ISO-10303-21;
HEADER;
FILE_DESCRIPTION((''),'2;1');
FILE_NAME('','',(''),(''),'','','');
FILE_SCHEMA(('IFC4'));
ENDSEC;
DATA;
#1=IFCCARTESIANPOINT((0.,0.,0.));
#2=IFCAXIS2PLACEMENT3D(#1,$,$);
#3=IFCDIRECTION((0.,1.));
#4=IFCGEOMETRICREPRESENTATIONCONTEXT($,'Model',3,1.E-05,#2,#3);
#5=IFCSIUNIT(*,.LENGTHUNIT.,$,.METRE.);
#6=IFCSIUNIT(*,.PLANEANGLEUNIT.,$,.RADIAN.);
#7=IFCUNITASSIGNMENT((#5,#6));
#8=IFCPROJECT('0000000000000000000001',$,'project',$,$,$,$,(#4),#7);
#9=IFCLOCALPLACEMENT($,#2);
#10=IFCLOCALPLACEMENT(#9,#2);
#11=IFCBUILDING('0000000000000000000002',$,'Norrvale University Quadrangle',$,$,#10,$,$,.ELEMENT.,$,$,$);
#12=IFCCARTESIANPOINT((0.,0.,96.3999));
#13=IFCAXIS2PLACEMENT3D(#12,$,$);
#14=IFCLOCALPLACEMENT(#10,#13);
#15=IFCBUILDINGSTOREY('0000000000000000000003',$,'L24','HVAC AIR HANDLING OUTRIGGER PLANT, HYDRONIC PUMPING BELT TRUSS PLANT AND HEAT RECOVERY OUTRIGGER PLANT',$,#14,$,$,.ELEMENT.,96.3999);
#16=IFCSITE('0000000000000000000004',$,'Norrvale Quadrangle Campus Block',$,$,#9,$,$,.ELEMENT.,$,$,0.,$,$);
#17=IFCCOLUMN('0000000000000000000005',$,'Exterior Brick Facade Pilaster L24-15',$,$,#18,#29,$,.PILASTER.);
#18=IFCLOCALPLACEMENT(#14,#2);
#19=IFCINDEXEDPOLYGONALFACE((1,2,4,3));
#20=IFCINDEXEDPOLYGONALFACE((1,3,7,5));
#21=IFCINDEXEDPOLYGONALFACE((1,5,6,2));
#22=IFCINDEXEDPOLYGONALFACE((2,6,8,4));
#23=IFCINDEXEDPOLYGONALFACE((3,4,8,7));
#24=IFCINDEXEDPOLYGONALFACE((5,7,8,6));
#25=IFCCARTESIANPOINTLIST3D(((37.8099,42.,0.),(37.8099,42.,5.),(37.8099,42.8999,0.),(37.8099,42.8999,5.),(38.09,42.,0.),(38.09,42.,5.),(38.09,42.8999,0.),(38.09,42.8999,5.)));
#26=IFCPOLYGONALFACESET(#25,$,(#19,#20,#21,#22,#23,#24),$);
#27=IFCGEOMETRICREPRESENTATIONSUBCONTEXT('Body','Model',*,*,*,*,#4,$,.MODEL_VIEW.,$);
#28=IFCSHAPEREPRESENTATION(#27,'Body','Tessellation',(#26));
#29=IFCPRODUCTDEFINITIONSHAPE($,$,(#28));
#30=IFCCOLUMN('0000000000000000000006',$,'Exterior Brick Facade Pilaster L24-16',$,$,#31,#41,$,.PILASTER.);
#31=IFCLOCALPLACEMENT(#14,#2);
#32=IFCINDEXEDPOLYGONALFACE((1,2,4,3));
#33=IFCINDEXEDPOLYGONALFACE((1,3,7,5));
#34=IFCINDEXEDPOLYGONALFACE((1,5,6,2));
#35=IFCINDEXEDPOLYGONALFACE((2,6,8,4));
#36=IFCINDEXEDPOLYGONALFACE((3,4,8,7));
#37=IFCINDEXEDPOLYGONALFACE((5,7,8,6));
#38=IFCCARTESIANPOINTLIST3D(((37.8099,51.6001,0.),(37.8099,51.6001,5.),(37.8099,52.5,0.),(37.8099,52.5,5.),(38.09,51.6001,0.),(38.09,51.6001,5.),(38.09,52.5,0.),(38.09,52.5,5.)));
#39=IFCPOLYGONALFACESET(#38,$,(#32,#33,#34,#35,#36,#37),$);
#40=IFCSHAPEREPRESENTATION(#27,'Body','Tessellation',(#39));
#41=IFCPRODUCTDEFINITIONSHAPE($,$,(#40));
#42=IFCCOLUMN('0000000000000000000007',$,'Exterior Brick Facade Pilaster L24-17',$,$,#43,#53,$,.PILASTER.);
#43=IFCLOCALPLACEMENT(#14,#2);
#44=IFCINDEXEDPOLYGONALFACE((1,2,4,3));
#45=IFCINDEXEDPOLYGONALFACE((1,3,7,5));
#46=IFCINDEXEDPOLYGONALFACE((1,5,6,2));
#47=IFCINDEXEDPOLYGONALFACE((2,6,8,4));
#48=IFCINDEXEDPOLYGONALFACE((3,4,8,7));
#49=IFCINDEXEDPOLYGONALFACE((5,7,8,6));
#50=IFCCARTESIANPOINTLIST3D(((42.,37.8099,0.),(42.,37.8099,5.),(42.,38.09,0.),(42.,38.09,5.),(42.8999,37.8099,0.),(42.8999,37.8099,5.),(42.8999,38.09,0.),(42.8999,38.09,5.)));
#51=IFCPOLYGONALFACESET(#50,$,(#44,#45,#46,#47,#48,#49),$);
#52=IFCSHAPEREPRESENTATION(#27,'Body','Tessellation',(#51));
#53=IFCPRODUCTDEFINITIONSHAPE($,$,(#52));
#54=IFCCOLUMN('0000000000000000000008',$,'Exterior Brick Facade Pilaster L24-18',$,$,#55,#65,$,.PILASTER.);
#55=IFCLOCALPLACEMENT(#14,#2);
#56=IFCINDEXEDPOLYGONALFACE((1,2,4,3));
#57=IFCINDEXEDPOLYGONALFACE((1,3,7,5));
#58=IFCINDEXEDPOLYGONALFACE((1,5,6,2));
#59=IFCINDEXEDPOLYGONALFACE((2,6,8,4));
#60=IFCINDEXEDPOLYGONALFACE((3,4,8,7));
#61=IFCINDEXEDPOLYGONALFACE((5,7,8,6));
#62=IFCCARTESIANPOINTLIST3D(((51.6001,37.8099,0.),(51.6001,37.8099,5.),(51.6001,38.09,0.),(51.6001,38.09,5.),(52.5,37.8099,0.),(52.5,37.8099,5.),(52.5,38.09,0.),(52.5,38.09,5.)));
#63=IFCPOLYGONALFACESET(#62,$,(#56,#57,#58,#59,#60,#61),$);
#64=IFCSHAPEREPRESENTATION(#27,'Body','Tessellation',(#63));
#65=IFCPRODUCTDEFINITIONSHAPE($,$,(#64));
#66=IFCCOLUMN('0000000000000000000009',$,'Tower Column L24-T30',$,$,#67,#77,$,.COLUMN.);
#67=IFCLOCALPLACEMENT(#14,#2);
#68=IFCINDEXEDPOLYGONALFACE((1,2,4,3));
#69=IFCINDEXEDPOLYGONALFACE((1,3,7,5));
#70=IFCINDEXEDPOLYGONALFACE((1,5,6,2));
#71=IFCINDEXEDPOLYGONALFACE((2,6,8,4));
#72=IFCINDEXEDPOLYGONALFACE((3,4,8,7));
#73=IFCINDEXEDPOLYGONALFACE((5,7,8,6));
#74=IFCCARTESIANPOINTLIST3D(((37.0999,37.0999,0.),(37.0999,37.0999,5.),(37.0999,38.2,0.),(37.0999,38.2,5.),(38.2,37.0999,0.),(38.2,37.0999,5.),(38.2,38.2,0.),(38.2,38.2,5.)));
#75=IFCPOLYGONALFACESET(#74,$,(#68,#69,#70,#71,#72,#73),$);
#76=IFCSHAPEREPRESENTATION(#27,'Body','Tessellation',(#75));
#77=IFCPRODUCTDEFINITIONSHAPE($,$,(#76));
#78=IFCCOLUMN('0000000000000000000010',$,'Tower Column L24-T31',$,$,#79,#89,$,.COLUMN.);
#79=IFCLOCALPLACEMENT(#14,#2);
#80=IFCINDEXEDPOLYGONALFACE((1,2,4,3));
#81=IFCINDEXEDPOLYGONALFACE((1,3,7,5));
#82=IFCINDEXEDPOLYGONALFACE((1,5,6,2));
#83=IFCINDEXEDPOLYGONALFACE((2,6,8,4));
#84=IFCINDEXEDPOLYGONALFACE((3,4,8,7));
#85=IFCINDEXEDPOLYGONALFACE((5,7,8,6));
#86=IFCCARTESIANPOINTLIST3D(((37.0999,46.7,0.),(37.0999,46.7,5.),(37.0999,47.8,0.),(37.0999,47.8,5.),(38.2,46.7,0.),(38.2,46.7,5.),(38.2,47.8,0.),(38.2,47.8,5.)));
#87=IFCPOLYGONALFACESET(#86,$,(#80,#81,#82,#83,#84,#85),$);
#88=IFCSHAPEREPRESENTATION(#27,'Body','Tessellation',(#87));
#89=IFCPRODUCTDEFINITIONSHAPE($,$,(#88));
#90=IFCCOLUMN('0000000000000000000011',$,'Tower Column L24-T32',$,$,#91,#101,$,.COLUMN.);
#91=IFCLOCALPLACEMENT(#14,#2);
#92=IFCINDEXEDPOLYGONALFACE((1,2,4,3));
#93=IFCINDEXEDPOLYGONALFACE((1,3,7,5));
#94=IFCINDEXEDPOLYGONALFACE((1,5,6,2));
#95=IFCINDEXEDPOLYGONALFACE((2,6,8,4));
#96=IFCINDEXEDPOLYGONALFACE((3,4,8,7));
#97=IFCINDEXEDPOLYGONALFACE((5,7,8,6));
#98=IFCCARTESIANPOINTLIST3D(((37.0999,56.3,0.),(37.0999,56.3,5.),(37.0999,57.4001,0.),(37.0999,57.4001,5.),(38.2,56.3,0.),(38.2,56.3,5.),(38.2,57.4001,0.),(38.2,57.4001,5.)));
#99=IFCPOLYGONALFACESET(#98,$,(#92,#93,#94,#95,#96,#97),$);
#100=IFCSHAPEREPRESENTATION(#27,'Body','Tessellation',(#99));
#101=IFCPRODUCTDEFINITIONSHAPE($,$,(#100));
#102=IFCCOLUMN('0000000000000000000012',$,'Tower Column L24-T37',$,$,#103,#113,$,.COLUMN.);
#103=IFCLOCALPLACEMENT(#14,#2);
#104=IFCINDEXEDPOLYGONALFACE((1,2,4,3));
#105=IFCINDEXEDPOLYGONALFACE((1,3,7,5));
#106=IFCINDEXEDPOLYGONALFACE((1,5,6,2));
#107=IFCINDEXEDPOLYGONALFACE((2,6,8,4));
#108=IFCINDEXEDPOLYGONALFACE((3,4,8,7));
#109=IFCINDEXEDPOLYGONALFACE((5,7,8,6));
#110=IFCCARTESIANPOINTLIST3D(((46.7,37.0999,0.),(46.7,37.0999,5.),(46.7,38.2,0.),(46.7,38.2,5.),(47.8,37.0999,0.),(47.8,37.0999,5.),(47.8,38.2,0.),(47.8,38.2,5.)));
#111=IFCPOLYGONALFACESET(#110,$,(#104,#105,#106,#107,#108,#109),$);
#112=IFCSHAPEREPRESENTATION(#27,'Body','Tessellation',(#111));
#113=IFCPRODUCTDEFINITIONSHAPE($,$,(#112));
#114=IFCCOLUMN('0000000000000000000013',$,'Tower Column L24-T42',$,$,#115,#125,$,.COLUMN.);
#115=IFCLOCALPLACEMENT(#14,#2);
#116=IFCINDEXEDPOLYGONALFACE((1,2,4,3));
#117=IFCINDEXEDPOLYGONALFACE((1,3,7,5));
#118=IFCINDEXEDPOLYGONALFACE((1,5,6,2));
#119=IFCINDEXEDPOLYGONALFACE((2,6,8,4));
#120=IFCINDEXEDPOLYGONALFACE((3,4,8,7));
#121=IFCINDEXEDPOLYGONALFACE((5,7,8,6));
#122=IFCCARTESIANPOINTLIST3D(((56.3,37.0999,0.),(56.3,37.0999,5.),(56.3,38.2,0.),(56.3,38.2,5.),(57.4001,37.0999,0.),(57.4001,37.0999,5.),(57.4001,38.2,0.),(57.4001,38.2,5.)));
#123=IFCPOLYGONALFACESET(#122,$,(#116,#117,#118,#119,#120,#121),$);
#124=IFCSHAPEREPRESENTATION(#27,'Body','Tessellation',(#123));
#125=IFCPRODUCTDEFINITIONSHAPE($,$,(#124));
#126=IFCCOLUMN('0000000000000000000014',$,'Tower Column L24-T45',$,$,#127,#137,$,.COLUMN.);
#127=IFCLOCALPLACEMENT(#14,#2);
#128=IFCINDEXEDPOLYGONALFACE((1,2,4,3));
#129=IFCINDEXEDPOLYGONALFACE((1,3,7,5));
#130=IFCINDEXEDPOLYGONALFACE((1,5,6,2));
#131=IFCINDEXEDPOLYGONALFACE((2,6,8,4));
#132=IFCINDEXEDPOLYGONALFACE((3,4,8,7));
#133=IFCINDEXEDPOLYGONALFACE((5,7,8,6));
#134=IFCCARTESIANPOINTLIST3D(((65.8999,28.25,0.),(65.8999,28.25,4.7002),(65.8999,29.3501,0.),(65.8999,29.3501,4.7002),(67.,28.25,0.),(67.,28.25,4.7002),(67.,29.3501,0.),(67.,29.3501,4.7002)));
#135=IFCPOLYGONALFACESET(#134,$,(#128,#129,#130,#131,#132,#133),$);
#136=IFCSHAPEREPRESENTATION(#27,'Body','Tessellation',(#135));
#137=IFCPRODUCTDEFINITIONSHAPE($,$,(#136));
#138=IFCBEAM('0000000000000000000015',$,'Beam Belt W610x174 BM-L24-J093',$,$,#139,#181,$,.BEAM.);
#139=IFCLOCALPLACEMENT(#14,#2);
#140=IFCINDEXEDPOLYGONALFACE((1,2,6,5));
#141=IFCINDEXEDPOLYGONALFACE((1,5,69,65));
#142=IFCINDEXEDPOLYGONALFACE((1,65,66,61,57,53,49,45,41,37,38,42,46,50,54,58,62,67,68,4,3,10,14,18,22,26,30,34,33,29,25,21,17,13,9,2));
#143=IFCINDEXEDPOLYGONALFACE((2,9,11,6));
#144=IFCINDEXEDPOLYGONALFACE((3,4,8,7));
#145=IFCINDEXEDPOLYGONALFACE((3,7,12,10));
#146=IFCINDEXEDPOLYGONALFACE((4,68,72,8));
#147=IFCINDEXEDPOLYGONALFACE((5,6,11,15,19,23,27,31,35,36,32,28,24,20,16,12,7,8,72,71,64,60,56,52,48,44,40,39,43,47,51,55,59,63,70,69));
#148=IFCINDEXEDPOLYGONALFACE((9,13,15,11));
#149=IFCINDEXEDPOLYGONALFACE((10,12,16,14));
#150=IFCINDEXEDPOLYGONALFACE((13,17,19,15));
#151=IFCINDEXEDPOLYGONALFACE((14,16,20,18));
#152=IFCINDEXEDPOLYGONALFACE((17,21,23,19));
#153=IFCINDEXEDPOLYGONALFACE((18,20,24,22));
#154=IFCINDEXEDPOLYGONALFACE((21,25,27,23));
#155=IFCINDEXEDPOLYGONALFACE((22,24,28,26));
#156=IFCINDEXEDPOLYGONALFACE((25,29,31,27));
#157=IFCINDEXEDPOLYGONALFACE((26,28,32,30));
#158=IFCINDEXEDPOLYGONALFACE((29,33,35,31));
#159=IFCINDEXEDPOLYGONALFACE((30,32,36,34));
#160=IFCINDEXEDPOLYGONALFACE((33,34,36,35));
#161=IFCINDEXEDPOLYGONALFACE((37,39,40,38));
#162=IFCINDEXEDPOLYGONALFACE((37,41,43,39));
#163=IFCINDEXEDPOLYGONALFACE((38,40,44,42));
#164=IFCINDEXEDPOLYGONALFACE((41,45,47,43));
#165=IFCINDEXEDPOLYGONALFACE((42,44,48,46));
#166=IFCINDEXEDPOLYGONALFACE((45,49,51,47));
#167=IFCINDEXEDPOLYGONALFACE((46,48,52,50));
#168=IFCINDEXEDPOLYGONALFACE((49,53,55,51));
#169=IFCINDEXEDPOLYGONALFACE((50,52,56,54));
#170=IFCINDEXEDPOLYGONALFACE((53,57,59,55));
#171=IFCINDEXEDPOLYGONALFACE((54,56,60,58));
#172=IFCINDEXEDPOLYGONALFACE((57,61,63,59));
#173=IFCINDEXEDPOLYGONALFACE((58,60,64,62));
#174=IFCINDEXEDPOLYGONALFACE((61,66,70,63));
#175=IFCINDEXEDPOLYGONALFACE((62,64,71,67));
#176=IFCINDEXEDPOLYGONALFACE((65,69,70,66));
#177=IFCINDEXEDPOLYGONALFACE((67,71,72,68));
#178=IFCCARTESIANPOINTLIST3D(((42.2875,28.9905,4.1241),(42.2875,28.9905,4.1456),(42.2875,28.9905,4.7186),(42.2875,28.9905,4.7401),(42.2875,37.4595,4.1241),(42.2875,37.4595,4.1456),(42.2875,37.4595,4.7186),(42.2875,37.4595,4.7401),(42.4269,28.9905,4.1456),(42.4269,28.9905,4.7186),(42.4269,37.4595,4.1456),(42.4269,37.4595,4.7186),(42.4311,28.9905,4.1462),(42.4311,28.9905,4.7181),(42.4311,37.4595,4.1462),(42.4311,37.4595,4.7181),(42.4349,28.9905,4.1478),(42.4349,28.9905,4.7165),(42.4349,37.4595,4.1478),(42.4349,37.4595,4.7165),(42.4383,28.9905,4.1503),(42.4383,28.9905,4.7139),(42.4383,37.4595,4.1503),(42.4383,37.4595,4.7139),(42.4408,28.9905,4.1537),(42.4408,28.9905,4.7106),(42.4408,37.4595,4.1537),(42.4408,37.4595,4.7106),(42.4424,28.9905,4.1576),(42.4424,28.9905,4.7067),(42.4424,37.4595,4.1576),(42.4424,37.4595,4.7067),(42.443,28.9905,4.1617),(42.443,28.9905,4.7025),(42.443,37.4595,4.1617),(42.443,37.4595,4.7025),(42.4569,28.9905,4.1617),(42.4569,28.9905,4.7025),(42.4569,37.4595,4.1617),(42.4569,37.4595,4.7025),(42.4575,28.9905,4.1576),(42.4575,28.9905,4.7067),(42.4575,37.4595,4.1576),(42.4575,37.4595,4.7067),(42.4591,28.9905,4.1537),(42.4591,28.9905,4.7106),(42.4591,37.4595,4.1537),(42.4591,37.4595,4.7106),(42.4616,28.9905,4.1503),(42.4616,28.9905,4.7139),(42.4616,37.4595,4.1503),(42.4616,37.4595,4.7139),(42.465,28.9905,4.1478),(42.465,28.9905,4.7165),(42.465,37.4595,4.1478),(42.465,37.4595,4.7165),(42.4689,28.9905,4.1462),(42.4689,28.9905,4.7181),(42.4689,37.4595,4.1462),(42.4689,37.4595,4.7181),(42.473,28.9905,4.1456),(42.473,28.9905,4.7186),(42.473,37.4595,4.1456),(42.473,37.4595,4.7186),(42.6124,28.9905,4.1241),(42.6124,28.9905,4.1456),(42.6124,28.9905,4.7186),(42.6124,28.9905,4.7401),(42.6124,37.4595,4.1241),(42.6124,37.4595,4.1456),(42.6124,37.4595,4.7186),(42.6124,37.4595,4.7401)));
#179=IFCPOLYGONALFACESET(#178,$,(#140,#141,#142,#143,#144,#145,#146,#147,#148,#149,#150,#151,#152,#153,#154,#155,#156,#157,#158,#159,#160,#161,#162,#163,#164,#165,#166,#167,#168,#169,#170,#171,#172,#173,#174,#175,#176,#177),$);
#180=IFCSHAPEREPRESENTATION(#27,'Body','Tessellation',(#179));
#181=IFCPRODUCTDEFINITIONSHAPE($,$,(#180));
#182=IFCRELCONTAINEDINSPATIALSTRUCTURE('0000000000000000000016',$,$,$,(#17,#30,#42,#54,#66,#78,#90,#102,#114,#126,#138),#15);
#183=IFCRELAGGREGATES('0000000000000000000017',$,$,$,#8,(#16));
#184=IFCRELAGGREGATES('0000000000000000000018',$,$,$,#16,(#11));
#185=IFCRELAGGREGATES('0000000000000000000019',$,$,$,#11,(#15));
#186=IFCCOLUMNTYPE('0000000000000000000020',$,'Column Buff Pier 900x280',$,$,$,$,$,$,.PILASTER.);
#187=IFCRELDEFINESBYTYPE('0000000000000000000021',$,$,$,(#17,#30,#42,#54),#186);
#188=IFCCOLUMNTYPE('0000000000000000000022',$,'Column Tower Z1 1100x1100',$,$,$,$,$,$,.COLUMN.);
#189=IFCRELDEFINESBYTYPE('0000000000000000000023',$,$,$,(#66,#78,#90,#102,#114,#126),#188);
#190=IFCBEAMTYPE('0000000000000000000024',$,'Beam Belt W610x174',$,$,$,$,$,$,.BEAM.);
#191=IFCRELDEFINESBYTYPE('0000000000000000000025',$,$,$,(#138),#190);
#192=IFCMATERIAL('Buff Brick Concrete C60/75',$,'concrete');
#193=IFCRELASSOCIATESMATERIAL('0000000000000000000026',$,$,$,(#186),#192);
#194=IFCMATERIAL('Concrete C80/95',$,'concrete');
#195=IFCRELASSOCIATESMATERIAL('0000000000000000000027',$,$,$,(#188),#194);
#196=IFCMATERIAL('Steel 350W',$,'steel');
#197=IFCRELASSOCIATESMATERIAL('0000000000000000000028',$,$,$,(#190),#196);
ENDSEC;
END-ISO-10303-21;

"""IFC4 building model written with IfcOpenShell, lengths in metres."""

from ifc_helpers import new_model, si_unit, direction, frame, origin, origin_2d, place, context, subcontext, project, spatial, rectangle, i_section, extrude, material, material_profile, profile_set, type_object, element, save


model = new_model("IFC4")

# Units and contexts
model_context = context("Model", 3, precision=1e-05, world=origin(), true_north=direction((0.0, 1.0)))
body_context = subcontext(model_context, "Body", "Model", "MODEL_VIEW")
ifc_project = project(units=[si_unit("LENGTHUNIT", "METRE"), si_unit("PLANEANGLEUNIT", "RADIAN")], contexts=[model_context])

# Site, building, storey
site_placement = place(None, origin())
site = spatial("IfcSite", under=ifc_project, at=site_placement, Name="Norrvale Quadrangle Campus Block", CompositionType="ELEMENT", RefElevation=0.0)
building_placement = place(site_placement, origin())
building = spatial("IfcBuilding", under=site, at=building_placement, Name="Norrvale University Quadrangle", CompositionType="ELEMENT")
storey_placement = place(building_placement, frame((0.0, 0.0, 96.3999)))
storey = spatial("IfcBuildingStorey", under=building, at=storey_placement, Name="L24", Description="HVAC AIR HANDLING OUTRIGGER PLANT, HYDRONIC PUMPING BELT TRUSS PLANT AND HEAT RECOVERY OUTRIGGER PLANT", CompositionType="ELEMENT", Elevation=96.3999)

# Columns
ifc_material_1 = material(Name="Buff Brick Concrete C60/75", Category="concrete")
ifc_material_profile_1 = material_profile(ifc_material_1, rectangle(XDim=0.8999, YDim=0.28, at=origin_2d()), Name="Buff Brick Concrete C60/75")
ifc_profile_set_1 = profile_set([ifc_material_profile_1], Name="Buff Brick Concrete C60/75")
column_type_1 = type_object("IfcColumnType", Name="Column Buff Pier 900x280", PredefinedType="PILASTER", material=ifc_profile_set_1)
for number, where, z_axis, x_axis, name in (
    (1, (37.95, 42.45, 0.0), (0.0, 0.0, 1.0), (0.0, 1.0, 0.0), "Exterior Brick Facade Pilaster L24-15"),
    (2, (37.95, 52.05, 0.0), (0.0, 0.0, 1.0), (0.0, 1.0, 0.0), "Exterior Brick Facade Pilaster L24-16"),
    (3, (42.45, 37.95, 0.0), (0.0, 0.0, 1.0), (1.0, 0.0, 0.0), "Exterior Brick Facade Pilaster L24-17"),
    (4, (52.05, 37.95, 0.0), (0.0, 0.0, 1.0), (1.0, 0.0, 0.0), "Exterior Brick Facade Pilaster L24-18"),
):
    element("IfcColumn", number, at=place(storey_placement, frame(where, z_axis=z_axis, x_axis=x_axis)), inside=storey, type_object=column_type_1, Name=name, PredefinedType="PILASTER", context=body_context, shape_type="SweptSolid", body=[
        extrude(rectangle(XDim=0.8999, YDim=0.28, at=origin_2d()), origin(), (0.0, 0.0, 1.0), 5.0),
    ])
ifc_material_2 = material(Name="Concrete C80/95", Category="concrete")
ifc_material_profile_2 = material_profile(ifc_material_2, rectangle(XDim=1.1001, YDim=1.1001, at=origin_2d()), Name="Concrete C80/95")
ifc_profile_set_2 = profile_set([ifc_material_profile_2], Name="Concrete C80/95")
column_type_2 = type_object("IfcColumnType", Name="Column Tower Z1 1100x1100", PredefinedType="COLUMN", material=ifc_profile_set_2)
for number, where, z_axis, x_axis, name in (
    (5, (37.6499, 37.6499, 0.0), (0.0, 0.0, 1.0), (1.0, 0.0, 0.0), "Tower Column L24-T30"),
    (6, (37.6499, 47.25, 0.0), (0.0, 0.0, 1.0), (1.0, 0.0, 0.0), "Tower Column L24-T31"),
    (7, (37.6499, 56.8501, 0.0), (0.0, 0.0, 1.0), (1.0, 0.0, 0.0), "Tower Column L24-T32"),
    (8, (47.25, 37.6499, 0.0), (0.0, 0.0, 1.0), (1.0, 0.0, 0.0), "Tower Column L24-T37"),
    (9, (56.8501, 37.6499, 0.0), (0.0, 0.0, 1.0), (1.0, 0.0, 0.0), "Tower Column L24-T42"),
):
    element("IfcColumn", number, at=place(storey_placement, frame(where, z_axis=z_axis, x_axis=x_axis)), inside=storey, type_object=column_type_2, Name=name, PredefinedType="COLUMN", context=body_context, shape_type="SweptSolid", body=[
        extrude(rectangle(XDim=1.1001, YDim=1.1001, at=origin_2d()), origin(), (0.0, 0.0, 1.0), 5.0),
    ])
column_placement = place(storey_placement, frame((66.45, 28.8, 0.0), z_axis=(0.0, 0.0, 1.0), x_axis=(1.0, 0.0, 0.0)))
element("IfcColumn", 10, at=column_placement, inside=storey, type_object=column_type_2, Name="Tower Column L24-T45", PredefinedType="COLUMN", context=body_context, shape_type="SweptSolid", body=[
    extrude(rectangle(XDim=1.1001, YDim=1.1001, at=origin_2d()), origin(), (0.0, 0.0, 1.0), 4.7002),
])

# Beam
ifc_material_3 = material(Name="Steel 350W", Category="steel")
ifc_material_profile_3 = material_profile(ifc_material_3, i_section(OverallWidth=0.325, OverallDepth=0.616, WebThickness=0.0139, FlangeThickness=0.0215, FilletRadius=0.0161, at=origin_2d()), Name="Steel 350W")
ifc_profile_set_3 = profile_set([ifc_material_profile_3], Name="Steel 350W")
beam_type_1 = type_object("IfcBeamType", Name="Beam Belt W610x174", PredefinedType="BEAM", material=ifc_profile_set_3)
for number, where, z_axis, x_axis, name in (
    (11, (42.45, 28.9905, 4.4321), (0.0, 1.0, 0.0), (-1.0, 0.0, 0.0), "Beam Belt W610x174 BM-L24-J093"),
):
    element("IfcBeam", number, at=place(storey_placement, frame(where, z_axis=z_axis, x_axis=x_axis)), inside=storey, type_object=beam_type_1, Name=name, PredefinedType="BEAM", context=body_context, shape_type="SweptSolid", body=[
        extrude(i_section(OverallWidth=0.325, OverallDepth=0.616, WebThickness=0.0139, FlangeThickness=0.0215, FilletRadius=0.0161, at=origin_2d()), origin(), (0.0, 0.0, 1.0), 8.469),
    ])

save(model, "model.ifc")
